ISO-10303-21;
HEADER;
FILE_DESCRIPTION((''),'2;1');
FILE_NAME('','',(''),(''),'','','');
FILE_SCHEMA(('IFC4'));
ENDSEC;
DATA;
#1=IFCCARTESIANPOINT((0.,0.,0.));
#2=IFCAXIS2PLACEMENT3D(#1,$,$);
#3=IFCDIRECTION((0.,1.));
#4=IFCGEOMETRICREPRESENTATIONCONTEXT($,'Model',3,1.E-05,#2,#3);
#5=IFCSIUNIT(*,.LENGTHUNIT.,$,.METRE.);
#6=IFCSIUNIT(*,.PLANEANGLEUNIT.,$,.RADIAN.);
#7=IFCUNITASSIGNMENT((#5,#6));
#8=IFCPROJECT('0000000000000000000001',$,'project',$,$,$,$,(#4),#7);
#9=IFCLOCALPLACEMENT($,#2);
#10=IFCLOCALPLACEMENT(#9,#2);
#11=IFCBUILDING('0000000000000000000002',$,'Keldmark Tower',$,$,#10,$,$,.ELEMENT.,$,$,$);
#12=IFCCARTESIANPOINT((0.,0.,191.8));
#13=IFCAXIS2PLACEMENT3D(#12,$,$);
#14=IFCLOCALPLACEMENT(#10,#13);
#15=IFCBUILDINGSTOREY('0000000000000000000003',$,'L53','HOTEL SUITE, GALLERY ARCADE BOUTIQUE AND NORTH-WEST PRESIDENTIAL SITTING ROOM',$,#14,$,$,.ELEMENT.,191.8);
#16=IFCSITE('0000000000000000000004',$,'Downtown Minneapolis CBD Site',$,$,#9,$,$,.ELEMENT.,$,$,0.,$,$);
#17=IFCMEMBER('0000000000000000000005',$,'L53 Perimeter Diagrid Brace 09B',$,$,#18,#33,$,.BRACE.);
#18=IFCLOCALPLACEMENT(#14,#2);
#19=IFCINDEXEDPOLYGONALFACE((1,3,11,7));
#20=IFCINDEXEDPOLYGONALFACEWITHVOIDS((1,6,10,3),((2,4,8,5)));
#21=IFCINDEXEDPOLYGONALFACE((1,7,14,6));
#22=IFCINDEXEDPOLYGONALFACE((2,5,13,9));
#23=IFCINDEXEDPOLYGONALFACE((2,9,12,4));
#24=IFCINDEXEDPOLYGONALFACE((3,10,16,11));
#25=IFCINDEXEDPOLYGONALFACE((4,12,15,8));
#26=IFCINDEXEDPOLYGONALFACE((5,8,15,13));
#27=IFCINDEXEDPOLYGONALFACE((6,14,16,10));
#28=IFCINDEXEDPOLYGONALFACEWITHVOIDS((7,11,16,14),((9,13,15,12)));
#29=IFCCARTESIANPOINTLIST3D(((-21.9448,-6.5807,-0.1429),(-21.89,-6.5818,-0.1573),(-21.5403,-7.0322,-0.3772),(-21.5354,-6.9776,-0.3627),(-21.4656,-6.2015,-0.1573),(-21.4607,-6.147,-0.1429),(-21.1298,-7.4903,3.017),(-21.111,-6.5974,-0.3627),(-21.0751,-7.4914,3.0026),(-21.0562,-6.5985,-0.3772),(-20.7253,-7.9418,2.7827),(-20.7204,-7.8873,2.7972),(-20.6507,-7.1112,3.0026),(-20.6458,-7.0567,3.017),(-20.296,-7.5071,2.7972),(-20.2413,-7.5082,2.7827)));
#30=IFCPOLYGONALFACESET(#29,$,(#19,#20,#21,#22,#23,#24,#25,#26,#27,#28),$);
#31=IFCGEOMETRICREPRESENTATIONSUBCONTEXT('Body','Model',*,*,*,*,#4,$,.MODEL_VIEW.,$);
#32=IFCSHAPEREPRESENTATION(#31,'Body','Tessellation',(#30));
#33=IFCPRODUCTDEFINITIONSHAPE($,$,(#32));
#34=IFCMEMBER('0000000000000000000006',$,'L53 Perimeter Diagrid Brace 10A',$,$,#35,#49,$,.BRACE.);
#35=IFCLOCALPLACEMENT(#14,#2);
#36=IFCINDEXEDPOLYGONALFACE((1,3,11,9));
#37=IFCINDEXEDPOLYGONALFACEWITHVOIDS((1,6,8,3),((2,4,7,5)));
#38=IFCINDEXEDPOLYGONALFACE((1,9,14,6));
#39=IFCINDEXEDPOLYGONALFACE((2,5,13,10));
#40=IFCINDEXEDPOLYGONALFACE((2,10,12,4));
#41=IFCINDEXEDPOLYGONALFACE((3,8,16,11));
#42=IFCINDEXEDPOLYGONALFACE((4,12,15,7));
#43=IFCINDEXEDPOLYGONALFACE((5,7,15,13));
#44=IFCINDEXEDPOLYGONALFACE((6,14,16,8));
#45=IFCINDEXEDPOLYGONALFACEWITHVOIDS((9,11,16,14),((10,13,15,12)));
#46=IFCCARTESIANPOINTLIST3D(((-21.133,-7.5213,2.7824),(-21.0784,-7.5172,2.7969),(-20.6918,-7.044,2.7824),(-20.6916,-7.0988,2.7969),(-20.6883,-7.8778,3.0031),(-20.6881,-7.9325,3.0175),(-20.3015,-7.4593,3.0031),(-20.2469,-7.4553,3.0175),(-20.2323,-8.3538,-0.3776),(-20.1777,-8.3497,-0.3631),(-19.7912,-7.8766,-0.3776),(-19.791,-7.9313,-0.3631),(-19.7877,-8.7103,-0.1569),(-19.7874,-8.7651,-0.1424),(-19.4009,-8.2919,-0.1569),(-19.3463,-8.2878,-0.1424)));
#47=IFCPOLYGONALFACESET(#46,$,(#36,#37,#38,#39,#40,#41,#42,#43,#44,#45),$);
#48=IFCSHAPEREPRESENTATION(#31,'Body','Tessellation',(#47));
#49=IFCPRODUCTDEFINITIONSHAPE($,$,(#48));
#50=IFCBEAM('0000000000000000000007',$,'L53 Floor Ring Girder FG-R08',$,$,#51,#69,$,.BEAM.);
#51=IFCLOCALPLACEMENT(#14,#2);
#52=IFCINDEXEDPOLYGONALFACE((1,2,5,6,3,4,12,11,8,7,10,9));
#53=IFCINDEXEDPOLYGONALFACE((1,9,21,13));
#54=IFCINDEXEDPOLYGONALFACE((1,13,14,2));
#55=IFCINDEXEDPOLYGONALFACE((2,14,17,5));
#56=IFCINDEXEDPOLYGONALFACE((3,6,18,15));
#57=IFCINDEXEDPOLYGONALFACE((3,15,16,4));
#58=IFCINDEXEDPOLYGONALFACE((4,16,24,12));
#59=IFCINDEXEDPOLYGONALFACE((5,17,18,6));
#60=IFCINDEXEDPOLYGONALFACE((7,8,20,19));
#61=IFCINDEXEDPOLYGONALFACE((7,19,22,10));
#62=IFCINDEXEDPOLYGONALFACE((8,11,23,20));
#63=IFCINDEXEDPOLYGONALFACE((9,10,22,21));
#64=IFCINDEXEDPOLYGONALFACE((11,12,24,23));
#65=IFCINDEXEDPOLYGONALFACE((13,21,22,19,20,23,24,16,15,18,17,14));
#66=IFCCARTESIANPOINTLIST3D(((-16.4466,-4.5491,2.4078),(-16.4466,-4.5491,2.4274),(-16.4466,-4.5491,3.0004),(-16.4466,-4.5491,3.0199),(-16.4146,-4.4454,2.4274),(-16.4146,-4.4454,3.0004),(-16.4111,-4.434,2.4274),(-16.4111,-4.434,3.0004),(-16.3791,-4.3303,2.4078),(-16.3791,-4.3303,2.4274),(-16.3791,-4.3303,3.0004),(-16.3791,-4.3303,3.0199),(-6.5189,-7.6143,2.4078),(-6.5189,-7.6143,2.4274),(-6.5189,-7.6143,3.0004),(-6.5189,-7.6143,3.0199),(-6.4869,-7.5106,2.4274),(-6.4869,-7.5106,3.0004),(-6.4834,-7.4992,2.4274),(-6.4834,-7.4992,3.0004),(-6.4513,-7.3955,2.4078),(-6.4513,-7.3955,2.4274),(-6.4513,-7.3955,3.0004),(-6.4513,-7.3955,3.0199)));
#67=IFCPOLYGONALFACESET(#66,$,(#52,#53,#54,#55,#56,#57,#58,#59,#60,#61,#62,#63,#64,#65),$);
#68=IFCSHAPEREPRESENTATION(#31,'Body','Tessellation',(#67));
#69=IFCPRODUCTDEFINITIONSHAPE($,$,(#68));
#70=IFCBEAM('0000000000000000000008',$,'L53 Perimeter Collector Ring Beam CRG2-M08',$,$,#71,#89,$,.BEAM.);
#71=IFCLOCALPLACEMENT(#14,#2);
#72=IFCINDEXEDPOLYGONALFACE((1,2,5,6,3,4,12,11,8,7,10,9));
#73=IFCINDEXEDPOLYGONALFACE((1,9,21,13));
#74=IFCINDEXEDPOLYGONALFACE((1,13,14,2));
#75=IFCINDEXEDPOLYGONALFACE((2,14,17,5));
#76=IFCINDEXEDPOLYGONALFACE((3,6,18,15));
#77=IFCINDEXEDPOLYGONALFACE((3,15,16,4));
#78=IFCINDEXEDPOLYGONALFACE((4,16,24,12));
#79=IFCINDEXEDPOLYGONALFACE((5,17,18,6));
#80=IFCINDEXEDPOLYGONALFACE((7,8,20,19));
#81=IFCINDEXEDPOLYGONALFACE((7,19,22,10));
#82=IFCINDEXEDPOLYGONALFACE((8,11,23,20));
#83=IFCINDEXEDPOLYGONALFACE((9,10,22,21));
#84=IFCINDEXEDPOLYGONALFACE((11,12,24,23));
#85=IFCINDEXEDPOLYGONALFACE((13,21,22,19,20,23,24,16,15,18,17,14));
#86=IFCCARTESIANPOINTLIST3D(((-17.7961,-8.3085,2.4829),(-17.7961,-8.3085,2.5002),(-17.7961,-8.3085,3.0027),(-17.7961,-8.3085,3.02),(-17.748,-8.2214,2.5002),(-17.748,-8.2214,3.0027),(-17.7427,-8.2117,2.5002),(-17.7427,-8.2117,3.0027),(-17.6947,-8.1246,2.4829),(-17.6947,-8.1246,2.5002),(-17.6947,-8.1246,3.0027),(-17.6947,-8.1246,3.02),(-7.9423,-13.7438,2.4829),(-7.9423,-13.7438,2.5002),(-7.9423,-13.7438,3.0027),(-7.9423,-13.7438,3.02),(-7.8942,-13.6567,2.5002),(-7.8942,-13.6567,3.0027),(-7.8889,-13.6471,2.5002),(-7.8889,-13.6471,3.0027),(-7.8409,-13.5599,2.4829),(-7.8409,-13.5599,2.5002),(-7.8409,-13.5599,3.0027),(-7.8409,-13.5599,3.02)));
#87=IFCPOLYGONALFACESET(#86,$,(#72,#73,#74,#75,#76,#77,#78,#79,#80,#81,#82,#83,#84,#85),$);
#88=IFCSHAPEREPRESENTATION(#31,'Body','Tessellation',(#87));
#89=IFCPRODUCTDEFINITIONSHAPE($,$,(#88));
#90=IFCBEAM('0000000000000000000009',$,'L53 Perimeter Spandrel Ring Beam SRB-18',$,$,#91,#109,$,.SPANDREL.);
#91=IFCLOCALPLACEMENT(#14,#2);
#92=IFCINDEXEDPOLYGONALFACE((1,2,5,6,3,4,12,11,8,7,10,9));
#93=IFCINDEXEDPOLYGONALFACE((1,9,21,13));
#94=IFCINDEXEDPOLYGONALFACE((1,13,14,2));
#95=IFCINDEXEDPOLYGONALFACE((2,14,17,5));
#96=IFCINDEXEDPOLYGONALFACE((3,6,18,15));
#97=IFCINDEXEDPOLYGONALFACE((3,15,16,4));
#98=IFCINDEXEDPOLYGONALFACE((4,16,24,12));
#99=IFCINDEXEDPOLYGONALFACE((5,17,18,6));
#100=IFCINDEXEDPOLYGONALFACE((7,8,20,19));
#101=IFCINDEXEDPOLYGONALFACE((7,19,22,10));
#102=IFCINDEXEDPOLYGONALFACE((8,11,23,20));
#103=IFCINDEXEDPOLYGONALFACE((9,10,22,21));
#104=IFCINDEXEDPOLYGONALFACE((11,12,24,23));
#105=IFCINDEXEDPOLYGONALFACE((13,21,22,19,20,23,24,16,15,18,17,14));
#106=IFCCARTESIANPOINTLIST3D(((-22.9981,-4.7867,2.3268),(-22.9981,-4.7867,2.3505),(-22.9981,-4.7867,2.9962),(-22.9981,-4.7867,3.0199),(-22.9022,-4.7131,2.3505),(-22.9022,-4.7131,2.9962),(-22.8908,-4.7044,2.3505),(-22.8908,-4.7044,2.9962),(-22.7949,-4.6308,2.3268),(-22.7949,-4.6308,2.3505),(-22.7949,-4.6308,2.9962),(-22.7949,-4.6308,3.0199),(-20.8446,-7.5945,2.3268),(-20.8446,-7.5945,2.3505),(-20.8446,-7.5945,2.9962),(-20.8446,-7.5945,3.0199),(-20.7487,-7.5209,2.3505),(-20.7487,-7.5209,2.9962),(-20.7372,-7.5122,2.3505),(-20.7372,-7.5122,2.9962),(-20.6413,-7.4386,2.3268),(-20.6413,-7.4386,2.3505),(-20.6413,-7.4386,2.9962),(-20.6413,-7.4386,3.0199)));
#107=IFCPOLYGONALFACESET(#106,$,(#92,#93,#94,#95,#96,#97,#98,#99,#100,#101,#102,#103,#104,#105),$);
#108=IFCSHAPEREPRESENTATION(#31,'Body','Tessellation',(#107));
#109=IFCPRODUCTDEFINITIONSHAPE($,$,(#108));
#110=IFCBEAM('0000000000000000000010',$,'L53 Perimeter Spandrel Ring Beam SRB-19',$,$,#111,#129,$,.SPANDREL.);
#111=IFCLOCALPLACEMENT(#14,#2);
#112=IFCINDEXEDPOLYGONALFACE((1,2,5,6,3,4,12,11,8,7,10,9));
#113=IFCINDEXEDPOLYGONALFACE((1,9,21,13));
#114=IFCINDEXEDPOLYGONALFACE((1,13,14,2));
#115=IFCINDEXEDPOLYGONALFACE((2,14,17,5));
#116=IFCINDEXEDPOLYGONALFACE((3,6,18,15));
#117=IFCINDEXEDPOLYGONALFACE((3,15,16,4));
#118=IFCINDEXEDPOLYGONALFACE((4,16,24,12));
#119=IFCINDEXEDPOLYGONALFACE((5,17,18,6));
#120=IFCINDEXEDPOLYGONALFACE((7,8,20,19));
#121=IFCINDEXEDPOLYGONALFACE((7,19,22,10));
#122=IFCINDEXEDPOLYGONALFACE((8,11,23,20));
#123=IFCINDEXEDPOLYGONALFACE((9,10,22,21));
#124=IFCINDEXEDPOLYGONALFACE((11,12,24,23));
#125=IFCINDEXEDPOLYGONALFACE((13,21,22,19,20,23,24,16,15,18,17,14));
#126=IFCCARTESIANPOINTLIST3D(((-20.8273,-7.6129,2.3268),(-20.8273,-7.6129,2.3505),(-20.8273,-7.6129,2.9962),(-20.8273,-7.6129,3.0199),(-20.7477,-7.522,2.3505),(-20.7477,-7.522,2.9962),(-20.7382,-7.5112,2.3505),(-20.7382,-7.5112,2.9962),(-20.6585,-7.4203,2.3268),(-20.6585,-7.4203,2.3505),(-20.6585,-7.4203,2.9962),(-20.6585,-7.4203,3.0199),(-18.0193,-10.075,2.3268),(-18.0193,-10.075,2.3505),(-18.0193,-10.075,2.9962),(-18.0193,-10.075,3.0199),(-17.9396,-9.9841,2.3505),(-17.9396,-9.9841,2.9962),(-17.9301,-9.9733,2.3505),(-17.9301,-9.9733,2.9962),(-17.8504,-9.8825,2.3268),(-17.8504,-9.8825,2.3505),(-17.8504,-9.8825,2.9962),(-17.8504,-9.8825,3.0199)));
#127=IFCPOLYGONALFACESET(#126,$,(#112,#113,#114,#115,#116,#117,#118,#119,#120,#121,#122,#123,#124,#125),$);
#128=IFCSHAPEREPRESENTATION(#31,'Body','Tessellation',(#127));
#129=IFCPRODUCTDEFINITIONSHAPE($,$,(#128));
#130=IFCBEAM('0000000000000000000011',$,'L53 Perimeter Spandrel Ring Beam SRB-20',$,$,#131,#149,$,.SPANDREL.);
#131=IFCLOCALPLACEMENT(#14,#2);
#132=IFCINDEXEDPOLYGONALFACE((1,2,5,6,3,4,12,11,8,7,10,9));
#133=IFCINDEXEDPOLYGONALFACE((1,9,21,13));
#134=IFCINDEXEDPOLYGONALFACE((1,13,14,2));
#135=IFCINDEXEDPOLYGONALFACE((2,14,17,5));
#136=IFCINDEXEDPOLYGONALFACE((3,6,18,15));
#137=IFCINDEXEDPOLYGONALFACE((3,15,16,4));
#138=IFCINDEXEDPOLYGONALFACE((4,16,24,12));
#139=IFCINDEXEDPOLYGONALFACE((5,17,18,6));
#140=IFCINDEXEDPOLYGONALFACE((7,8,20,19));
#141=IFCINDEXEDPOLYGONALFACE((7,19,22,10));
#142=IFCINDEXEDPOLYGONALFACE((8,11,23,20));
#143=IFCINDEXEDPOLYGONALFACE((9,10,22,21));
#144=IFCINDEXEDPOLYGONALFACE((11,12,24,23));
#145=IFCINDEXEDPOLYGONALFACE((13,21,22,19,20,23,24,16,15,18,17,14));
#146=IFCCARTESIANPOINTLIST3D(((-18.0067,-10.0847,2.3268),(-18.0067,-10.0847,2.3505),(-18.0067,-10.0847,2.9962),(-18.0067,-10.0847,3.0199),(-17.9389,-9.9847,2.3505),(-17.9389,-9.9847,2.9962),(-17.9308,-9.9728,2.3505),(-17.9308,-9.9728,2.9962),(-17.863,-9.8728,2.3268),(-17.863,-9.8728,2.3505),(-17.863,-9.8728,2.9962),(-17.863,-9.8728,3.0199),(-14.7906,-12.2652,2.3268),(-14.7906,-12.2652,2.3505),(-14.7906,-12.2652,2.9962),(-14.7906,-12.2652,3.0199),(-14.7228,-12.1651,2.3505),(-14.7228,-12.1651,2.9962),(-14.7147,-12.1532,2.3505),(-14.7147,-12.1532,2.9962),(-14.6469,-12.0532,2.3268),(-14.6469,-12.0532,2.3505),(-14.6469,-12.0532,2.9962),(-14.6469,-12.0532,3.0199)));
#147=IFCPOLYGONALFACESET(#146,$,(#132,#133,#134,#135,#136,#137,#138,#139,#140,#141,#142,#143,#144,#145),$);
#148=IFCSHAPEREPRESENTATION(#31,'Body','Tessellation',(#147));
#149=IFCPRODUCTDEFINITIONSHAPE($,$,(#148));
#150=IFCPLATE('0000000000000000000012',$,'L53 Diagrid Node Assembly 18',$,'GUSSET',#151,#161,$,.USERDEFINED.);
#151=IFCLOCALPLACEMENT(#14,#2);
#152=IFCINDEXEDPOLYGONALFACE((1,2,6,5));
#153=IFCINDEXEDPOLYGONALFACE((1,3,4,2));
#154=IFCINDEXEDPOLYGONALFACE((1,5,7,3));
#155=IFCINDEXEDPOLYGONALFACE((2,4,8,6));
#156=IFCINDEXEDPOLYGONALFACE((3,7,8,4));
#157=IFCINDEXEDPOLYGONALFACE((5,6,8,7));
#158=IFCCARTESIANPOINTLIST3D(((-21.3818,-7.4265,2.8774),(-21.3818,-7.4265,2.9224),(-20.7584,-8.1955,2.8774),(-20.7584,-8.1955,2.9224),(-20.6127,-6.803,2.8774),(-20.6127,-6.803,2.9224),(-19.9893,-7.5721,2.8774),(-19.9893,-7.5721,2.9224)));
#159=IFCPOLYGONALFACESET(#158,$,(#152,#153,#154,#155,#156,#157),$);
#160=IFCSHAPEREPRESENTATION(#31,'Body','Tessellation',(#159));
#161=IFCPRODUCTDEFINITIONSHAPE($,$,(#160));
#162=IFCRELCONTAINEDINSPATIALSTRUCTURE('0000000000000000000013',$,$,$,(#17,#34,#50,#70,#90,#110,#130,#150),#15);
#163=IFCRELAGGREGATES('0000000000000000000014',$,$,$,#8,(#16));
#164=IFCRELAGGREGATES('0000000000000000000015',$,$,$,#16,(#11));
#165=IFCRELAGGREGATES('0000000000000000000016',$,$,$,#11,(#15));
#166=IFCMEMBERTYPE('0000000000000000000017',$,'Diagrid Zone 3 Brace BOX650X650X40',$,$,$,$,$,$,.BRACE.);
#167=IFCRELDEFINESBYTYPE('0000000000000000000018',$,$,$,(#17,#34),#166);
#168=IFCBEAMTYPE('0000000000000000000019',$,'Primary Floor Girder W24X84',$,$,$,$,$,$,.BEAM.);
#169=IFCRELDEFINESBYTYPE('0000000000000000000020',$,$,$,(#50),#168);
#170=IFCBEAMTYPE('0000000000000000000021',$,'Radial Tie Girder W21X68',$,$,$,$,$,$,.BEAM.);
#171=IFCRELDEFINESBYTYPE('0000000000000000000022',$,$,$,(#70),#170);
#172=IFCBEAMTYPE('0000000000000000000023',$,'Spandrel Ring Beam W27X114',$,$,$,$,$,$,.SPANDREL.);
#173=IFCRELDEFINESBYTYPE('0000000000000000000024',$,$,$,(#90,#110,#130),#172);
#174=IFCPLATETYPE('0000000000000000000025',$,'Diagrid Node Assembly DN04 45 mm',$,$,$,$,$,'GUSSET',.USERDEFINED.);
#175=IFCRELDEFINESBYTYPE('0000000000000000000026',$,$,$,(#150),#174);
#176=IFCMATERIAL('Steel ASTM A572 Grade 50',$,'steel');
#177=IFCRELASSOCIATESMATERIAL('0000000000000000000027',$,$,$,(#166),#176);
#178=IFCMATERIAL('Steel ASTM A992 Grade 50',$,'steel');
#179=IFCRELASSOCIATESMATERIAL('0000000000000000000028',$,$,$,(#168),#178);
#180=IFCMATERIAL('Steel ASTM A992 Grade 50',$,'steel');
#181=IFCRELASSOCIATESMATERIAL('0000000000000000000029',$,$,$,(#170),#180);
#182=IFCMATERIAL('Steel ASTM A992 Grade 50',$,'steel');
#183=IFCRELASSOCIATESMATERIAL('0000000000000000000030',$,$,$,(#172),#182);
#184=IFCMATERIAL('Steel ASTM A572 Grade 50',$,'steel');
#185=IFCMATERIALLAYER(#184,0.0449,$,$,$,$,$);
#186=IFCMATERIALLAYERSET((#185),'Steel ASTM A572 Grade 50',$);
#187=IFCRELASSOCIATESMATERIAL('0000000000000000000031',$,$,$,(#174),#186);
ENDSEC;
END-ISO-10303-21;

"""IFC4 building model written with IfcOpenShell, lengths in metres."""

from ifc_helpers import new_model, si_unit, direction, frame, origin, origin_2d, place, context, subcontext, project, spatial, rectangle, hollow_rectangle, i_section, extrude, material, layer, layer_set, material_profile, profile_set, type_object, element, save


model = new_model("IFC4")

# Units and contexts
model_context = context("Model", 3, precision=1e-05, world=origin(), true_north=direction((0.0, 1.0)))
body_context = subcontext(model_context, "Body", "Model", "MODEL_VIEW")
ifc_project = project(units=[si_unit("LENGTHUNIT", "METRE"), si_unit("PLANEANGLEUNIT", "RADIAN")], contexts=[model_context])

# Site, building, storey
site_placement = place(None, origin())
site = spatial("IfcSite", under=ifc_project, at=site_placement, Name="Downtown Minneapolis CBD Site", CompositionType="ELEMENT", RefElevation=0.0)
building_placement = place(site_placement, origin())
building = spatial("IfcBuilding", under=site, at=building_placement, Name="Keldmark Tower", CompositionType="ELEMENT")
storey_placement = place(building_placement, frame((0.0, 0.0, 191.8)))
storey = spatial("IfcBuildingStorey", under=building, at=storey_placement, Name="L53", Description="HOTEL SUITE, GALLERY ARCADE BOUTIQUE AND NORTH-WEST PRESIDENTIAL SITTING ROOM", CompositionType="ELEMENT", Elevation=191.8)

# Members
ifc_material_1 = material(Name="Steel ASTM A572 Grade 50", Category="steel")
ifc_material_profile_1 = material_profile(ifc_material_1, hollow_rectangle(XDim=0.6499, YDim=0.6499, WallThickness=0.04, at=origin_2d()), Name="BOX650X650X40")
ifc_profile_set_1 = profile_set([ifc_material_profile_1], Name="Steel ASTM A572 Grade 50")
member_type = type_object("IfcMemberType", Name="Diagrid Zone 3 Brace BOX650X650X40", PredefinedType="BRACE", material=ifc_profile_set_1)
member_1_placement = place(storey_placement, frame((-21.5005, -6.5896, -0.26), z_axis=(0.240557, -0.268519, 0.932754), x_axis=(0.744823, 0.667262, 0.0)))
element("IfcMember", 1, at=member_1_placement, inside=storey, type_object=member_type, Name="L53 Perimeter Diagrid Brace 09B", PredefinedType="BRACE", context=body_context, shape_type="SweptSolid", body=[
    extrude(hollow_rectangle(XDim=0.6499, YDim=0.6499, WallThickness=0.04, at=origin_2d()), origin(), (0.0, 0.0, 1.0), 3.3877),
])
member_2_placement = place(storey_placement, frame((-19.7893, -8.3208, -0.26), z_axis=(-0.265707, 0.245611, 0.932242), x_axis=(-0.678793, -0.73433, 0.0)))
element("IfcMember", 2, at=member_2_placement, inside=storey, type_object=member_type, Name="L53 Perimeter Diagrid Brace 10A", PredefinedType="BRACE", context=body_context, shape_type="SweptSolid", body=[
    extrude(hollow_rectangle(XDim=0.6499, YDim=0.6499, WallThickness=0.04, at=origin_2d()), origin(), (0.0, 0.0, 1.0), 3.3896),
])

# Beams
ifc_material_2 = material(Name="Steel ASTM A992 Grade 50", Category="steel")
ifc_material_profile_2 = material_profile(ifc_material_2, i_section(OverallWidth=0.229, OverallDepth=0.6121, WebThickness=0.012, FlangeThickness=0.0195, at=origin_2d()), Name="W24X84")
ifc_profile_set_2 = profile_set([ifc_material_profile_2], Name="Steel ASTM A992 Grade 50")
beam_type_1 = type_object("IfcBeamType", Name="Primary Floor Girder W24X84", PredefinedType="BEAM", material=ifc_profile_set_2)
beam_1_placement = place(storey_placement, frame((-16.4128, -4.4397, 2.7139), z_axis=(0.955495, -0.295009, 0.0), x_axis=(0.295009, 0.955495, 0.0)))
element("IfcBeam", 3, at=beam_1_placement, inside=storey, type_object=beam_type_1, Name="L53 Floor Ring Girder FG-R08", PredefinedType="BEAM", context=body_context, shape_type="SweptSolid", body=[
    extrude(i_section(OverallWidth=0.229, OverallDepth=0.6121, WebThickness=0.012, FlangeThickness=0.0195, at=origin_2d()), origin(), (0.0, 0.0, 1.0), 10.3901),
])
ifc_material_3 = material(Name="Steel ASTM A992 Grade 50", Category="steel")
ifc_material_profile_3 = material_profile(ifc_material_3, i_section(OverallWidth=0.21, OverallDepth=0.5371, WebThickness=0.011, FlangeThickness=0.0173, at=origin_2d()), Name="W21X68")
ifc_profile_set_3 = profile_set([ifc_material_profile_3], Name="Steel ASTM A992 Grade 50")
beam_type_2 = type_object("IfcBeamType", Name="Radial Tie Girder W21X68", PredefinedType="BEAM", material=ifc_profile_set_3)
beam_2_placement = place(storey_placement, frame((-17.7454, -8.2166, 2.7515), z_axis=(0.875625, -0.482992, 0.0), x_axis=(0.482992, 0.875625, 0.0)))
element("IfcBeam", 4, at=beam_2_placement, inside=storey, type_object=beam_type_2, Name="L53 Perimeter Collector Ring Beam CRG2-M08", PredefinedType="BEAM", context=body_context, shape_type="SweptSolid", body=[
    extrude(i_section(OverallWidth=0.21, OverallDepth=0.5371, WebThickness=0.011, FlangeThickness=0.0173, at=origin_2d()), origin(), (0.0, 0.0, 1.0), 11.2534),
])
ifc_material_4 = material(Name="Steel ASTM A992 Grade 50", Category="steel")
ifc_material_profile_4 = material_profile(ifc_material_4, i_section(OverallWidth=0.2561, OverallDepth=0.6931, WebThickness=0.0144, FlangeThickness=0.0237, at=origin_2d()), Name="W27X114")
ifc_profile_set_4 = profile_set([ifc_material_profile_4], Name="Steel ASTM A992 Grade 50")
beam_type_3 = type_object("IfcBeamType", Name="Spandrel Ring Beam W27X114", PredefinedType="SPANDREL", material=ifc_profile_set_4)
beam_3_placement = place(storey_placement, frame((-22.8965, -4.7087, 2.6733), z_axis=(0.608587, -0.793488, 0.0), x_axis=(0.793488, 0.608587, 0.0)))
element("IfcBeam", 5, at=beam_3_placement, inside=storey, type_object=beam_type_3, Name="L53 Perimeter Spandrel Ring Beam SRB-18", PredefinedType="SPANDREL", context=body_context, shape_type="SweptSolid", body=[
    extrude(i_section(OverallWidth=0.2561, OverallDepth=0.6931, WebThickness=0.0144, FlangeThickness=0.0237, at=origin_2d()), origin(), (0.0, 0.0, 1.0), 3.5386),
])
beam_4_placement = place(storey_placement, frame((-20.7429, -7.5166, 2.6733), z_axis=(0.751904, -0.659273, 0.0), x_axis=(0.659273, 0.751904, 0.0)))
element("IfcBeam", 6, at=beam_4_placement, inside=storey, type_object=beam_type_3, Name="L53 Perimeter Spandrel Ring Beam SRB-19", PredefinedType="SPANDREL", context=body_context, shape_type="SweptSolid", body=[
    extrude(i_section(OverallWidth=0.2561, OverallDepth=0.6931, WebThickness=0.0144, FlangeThickness=0.0237, at=origin_2d()), origin(), (0.0, 0.0, 1.0), 3.7346),
])
beam_5_placement = place(storey_placement, frame((-17.9348, -9.9788, 2.6733), z_axis=(0.827704, -0.561165, 0.0), x_axis=(0.561165, 0.827704, 0.0)))
element("IfcBeam", 7, at=beam_5_placement, inside=storey, type_object=beam_type_3, Name="L53 Perimeter Spandrel Ring Beam SRB-20", PredefinedType="SPANDREL", context=body_context, shape_type="SweptSolid", body=[
    extrude(i_section(OverallWidth=0.2561, OverallDepth=0.6931, WebThickness=0.0144, FlangeThickness=0.0237, at=origin_2d()), origin(), (0.0, 0.0, 1.0), 3.8855),
])

# Plate
ifc_material_5 = material(Name="Steel ASTM A572 Grade 50", Category="steel")
ifc_layer_1 = layer(ifc_material_5, 0.0449)
ifc_layer_set_1 = layer_set([ifc_layer_1], Name="Steel ASTM A572 Grade 50")
plate_type = type_object("IfcPlateType", Name="Diagrid Node Assembly DN04 45 mm", ElementType="GUSSET", PredefinedType="USERDEFINED", material=ifc_layer_set_1)
plate_placement = place(storey_placement, frame((-20.6855, -7.4993, 2.8774), z_axis=(0.0, 0.0, 1.0), x_axis=(0.629727, -0.776816, 0.0)))
element("IfcPlate", 8, at=plate_placement, inside=storey, type_object=plate_type, Name="L53 Diagrid Node Assembly 18", ObjectType="GUSSET", PredefinedType="USERDEFINED", context=body_context, shape_type="SweptSolid", body=[
    extrude(rectangle(XDim=0.99, YDim=0.99, at=origin_2d()), origin(), (0.0, 0.0, 1.0), 0.0449),
])

save(model, "model.ifc")
